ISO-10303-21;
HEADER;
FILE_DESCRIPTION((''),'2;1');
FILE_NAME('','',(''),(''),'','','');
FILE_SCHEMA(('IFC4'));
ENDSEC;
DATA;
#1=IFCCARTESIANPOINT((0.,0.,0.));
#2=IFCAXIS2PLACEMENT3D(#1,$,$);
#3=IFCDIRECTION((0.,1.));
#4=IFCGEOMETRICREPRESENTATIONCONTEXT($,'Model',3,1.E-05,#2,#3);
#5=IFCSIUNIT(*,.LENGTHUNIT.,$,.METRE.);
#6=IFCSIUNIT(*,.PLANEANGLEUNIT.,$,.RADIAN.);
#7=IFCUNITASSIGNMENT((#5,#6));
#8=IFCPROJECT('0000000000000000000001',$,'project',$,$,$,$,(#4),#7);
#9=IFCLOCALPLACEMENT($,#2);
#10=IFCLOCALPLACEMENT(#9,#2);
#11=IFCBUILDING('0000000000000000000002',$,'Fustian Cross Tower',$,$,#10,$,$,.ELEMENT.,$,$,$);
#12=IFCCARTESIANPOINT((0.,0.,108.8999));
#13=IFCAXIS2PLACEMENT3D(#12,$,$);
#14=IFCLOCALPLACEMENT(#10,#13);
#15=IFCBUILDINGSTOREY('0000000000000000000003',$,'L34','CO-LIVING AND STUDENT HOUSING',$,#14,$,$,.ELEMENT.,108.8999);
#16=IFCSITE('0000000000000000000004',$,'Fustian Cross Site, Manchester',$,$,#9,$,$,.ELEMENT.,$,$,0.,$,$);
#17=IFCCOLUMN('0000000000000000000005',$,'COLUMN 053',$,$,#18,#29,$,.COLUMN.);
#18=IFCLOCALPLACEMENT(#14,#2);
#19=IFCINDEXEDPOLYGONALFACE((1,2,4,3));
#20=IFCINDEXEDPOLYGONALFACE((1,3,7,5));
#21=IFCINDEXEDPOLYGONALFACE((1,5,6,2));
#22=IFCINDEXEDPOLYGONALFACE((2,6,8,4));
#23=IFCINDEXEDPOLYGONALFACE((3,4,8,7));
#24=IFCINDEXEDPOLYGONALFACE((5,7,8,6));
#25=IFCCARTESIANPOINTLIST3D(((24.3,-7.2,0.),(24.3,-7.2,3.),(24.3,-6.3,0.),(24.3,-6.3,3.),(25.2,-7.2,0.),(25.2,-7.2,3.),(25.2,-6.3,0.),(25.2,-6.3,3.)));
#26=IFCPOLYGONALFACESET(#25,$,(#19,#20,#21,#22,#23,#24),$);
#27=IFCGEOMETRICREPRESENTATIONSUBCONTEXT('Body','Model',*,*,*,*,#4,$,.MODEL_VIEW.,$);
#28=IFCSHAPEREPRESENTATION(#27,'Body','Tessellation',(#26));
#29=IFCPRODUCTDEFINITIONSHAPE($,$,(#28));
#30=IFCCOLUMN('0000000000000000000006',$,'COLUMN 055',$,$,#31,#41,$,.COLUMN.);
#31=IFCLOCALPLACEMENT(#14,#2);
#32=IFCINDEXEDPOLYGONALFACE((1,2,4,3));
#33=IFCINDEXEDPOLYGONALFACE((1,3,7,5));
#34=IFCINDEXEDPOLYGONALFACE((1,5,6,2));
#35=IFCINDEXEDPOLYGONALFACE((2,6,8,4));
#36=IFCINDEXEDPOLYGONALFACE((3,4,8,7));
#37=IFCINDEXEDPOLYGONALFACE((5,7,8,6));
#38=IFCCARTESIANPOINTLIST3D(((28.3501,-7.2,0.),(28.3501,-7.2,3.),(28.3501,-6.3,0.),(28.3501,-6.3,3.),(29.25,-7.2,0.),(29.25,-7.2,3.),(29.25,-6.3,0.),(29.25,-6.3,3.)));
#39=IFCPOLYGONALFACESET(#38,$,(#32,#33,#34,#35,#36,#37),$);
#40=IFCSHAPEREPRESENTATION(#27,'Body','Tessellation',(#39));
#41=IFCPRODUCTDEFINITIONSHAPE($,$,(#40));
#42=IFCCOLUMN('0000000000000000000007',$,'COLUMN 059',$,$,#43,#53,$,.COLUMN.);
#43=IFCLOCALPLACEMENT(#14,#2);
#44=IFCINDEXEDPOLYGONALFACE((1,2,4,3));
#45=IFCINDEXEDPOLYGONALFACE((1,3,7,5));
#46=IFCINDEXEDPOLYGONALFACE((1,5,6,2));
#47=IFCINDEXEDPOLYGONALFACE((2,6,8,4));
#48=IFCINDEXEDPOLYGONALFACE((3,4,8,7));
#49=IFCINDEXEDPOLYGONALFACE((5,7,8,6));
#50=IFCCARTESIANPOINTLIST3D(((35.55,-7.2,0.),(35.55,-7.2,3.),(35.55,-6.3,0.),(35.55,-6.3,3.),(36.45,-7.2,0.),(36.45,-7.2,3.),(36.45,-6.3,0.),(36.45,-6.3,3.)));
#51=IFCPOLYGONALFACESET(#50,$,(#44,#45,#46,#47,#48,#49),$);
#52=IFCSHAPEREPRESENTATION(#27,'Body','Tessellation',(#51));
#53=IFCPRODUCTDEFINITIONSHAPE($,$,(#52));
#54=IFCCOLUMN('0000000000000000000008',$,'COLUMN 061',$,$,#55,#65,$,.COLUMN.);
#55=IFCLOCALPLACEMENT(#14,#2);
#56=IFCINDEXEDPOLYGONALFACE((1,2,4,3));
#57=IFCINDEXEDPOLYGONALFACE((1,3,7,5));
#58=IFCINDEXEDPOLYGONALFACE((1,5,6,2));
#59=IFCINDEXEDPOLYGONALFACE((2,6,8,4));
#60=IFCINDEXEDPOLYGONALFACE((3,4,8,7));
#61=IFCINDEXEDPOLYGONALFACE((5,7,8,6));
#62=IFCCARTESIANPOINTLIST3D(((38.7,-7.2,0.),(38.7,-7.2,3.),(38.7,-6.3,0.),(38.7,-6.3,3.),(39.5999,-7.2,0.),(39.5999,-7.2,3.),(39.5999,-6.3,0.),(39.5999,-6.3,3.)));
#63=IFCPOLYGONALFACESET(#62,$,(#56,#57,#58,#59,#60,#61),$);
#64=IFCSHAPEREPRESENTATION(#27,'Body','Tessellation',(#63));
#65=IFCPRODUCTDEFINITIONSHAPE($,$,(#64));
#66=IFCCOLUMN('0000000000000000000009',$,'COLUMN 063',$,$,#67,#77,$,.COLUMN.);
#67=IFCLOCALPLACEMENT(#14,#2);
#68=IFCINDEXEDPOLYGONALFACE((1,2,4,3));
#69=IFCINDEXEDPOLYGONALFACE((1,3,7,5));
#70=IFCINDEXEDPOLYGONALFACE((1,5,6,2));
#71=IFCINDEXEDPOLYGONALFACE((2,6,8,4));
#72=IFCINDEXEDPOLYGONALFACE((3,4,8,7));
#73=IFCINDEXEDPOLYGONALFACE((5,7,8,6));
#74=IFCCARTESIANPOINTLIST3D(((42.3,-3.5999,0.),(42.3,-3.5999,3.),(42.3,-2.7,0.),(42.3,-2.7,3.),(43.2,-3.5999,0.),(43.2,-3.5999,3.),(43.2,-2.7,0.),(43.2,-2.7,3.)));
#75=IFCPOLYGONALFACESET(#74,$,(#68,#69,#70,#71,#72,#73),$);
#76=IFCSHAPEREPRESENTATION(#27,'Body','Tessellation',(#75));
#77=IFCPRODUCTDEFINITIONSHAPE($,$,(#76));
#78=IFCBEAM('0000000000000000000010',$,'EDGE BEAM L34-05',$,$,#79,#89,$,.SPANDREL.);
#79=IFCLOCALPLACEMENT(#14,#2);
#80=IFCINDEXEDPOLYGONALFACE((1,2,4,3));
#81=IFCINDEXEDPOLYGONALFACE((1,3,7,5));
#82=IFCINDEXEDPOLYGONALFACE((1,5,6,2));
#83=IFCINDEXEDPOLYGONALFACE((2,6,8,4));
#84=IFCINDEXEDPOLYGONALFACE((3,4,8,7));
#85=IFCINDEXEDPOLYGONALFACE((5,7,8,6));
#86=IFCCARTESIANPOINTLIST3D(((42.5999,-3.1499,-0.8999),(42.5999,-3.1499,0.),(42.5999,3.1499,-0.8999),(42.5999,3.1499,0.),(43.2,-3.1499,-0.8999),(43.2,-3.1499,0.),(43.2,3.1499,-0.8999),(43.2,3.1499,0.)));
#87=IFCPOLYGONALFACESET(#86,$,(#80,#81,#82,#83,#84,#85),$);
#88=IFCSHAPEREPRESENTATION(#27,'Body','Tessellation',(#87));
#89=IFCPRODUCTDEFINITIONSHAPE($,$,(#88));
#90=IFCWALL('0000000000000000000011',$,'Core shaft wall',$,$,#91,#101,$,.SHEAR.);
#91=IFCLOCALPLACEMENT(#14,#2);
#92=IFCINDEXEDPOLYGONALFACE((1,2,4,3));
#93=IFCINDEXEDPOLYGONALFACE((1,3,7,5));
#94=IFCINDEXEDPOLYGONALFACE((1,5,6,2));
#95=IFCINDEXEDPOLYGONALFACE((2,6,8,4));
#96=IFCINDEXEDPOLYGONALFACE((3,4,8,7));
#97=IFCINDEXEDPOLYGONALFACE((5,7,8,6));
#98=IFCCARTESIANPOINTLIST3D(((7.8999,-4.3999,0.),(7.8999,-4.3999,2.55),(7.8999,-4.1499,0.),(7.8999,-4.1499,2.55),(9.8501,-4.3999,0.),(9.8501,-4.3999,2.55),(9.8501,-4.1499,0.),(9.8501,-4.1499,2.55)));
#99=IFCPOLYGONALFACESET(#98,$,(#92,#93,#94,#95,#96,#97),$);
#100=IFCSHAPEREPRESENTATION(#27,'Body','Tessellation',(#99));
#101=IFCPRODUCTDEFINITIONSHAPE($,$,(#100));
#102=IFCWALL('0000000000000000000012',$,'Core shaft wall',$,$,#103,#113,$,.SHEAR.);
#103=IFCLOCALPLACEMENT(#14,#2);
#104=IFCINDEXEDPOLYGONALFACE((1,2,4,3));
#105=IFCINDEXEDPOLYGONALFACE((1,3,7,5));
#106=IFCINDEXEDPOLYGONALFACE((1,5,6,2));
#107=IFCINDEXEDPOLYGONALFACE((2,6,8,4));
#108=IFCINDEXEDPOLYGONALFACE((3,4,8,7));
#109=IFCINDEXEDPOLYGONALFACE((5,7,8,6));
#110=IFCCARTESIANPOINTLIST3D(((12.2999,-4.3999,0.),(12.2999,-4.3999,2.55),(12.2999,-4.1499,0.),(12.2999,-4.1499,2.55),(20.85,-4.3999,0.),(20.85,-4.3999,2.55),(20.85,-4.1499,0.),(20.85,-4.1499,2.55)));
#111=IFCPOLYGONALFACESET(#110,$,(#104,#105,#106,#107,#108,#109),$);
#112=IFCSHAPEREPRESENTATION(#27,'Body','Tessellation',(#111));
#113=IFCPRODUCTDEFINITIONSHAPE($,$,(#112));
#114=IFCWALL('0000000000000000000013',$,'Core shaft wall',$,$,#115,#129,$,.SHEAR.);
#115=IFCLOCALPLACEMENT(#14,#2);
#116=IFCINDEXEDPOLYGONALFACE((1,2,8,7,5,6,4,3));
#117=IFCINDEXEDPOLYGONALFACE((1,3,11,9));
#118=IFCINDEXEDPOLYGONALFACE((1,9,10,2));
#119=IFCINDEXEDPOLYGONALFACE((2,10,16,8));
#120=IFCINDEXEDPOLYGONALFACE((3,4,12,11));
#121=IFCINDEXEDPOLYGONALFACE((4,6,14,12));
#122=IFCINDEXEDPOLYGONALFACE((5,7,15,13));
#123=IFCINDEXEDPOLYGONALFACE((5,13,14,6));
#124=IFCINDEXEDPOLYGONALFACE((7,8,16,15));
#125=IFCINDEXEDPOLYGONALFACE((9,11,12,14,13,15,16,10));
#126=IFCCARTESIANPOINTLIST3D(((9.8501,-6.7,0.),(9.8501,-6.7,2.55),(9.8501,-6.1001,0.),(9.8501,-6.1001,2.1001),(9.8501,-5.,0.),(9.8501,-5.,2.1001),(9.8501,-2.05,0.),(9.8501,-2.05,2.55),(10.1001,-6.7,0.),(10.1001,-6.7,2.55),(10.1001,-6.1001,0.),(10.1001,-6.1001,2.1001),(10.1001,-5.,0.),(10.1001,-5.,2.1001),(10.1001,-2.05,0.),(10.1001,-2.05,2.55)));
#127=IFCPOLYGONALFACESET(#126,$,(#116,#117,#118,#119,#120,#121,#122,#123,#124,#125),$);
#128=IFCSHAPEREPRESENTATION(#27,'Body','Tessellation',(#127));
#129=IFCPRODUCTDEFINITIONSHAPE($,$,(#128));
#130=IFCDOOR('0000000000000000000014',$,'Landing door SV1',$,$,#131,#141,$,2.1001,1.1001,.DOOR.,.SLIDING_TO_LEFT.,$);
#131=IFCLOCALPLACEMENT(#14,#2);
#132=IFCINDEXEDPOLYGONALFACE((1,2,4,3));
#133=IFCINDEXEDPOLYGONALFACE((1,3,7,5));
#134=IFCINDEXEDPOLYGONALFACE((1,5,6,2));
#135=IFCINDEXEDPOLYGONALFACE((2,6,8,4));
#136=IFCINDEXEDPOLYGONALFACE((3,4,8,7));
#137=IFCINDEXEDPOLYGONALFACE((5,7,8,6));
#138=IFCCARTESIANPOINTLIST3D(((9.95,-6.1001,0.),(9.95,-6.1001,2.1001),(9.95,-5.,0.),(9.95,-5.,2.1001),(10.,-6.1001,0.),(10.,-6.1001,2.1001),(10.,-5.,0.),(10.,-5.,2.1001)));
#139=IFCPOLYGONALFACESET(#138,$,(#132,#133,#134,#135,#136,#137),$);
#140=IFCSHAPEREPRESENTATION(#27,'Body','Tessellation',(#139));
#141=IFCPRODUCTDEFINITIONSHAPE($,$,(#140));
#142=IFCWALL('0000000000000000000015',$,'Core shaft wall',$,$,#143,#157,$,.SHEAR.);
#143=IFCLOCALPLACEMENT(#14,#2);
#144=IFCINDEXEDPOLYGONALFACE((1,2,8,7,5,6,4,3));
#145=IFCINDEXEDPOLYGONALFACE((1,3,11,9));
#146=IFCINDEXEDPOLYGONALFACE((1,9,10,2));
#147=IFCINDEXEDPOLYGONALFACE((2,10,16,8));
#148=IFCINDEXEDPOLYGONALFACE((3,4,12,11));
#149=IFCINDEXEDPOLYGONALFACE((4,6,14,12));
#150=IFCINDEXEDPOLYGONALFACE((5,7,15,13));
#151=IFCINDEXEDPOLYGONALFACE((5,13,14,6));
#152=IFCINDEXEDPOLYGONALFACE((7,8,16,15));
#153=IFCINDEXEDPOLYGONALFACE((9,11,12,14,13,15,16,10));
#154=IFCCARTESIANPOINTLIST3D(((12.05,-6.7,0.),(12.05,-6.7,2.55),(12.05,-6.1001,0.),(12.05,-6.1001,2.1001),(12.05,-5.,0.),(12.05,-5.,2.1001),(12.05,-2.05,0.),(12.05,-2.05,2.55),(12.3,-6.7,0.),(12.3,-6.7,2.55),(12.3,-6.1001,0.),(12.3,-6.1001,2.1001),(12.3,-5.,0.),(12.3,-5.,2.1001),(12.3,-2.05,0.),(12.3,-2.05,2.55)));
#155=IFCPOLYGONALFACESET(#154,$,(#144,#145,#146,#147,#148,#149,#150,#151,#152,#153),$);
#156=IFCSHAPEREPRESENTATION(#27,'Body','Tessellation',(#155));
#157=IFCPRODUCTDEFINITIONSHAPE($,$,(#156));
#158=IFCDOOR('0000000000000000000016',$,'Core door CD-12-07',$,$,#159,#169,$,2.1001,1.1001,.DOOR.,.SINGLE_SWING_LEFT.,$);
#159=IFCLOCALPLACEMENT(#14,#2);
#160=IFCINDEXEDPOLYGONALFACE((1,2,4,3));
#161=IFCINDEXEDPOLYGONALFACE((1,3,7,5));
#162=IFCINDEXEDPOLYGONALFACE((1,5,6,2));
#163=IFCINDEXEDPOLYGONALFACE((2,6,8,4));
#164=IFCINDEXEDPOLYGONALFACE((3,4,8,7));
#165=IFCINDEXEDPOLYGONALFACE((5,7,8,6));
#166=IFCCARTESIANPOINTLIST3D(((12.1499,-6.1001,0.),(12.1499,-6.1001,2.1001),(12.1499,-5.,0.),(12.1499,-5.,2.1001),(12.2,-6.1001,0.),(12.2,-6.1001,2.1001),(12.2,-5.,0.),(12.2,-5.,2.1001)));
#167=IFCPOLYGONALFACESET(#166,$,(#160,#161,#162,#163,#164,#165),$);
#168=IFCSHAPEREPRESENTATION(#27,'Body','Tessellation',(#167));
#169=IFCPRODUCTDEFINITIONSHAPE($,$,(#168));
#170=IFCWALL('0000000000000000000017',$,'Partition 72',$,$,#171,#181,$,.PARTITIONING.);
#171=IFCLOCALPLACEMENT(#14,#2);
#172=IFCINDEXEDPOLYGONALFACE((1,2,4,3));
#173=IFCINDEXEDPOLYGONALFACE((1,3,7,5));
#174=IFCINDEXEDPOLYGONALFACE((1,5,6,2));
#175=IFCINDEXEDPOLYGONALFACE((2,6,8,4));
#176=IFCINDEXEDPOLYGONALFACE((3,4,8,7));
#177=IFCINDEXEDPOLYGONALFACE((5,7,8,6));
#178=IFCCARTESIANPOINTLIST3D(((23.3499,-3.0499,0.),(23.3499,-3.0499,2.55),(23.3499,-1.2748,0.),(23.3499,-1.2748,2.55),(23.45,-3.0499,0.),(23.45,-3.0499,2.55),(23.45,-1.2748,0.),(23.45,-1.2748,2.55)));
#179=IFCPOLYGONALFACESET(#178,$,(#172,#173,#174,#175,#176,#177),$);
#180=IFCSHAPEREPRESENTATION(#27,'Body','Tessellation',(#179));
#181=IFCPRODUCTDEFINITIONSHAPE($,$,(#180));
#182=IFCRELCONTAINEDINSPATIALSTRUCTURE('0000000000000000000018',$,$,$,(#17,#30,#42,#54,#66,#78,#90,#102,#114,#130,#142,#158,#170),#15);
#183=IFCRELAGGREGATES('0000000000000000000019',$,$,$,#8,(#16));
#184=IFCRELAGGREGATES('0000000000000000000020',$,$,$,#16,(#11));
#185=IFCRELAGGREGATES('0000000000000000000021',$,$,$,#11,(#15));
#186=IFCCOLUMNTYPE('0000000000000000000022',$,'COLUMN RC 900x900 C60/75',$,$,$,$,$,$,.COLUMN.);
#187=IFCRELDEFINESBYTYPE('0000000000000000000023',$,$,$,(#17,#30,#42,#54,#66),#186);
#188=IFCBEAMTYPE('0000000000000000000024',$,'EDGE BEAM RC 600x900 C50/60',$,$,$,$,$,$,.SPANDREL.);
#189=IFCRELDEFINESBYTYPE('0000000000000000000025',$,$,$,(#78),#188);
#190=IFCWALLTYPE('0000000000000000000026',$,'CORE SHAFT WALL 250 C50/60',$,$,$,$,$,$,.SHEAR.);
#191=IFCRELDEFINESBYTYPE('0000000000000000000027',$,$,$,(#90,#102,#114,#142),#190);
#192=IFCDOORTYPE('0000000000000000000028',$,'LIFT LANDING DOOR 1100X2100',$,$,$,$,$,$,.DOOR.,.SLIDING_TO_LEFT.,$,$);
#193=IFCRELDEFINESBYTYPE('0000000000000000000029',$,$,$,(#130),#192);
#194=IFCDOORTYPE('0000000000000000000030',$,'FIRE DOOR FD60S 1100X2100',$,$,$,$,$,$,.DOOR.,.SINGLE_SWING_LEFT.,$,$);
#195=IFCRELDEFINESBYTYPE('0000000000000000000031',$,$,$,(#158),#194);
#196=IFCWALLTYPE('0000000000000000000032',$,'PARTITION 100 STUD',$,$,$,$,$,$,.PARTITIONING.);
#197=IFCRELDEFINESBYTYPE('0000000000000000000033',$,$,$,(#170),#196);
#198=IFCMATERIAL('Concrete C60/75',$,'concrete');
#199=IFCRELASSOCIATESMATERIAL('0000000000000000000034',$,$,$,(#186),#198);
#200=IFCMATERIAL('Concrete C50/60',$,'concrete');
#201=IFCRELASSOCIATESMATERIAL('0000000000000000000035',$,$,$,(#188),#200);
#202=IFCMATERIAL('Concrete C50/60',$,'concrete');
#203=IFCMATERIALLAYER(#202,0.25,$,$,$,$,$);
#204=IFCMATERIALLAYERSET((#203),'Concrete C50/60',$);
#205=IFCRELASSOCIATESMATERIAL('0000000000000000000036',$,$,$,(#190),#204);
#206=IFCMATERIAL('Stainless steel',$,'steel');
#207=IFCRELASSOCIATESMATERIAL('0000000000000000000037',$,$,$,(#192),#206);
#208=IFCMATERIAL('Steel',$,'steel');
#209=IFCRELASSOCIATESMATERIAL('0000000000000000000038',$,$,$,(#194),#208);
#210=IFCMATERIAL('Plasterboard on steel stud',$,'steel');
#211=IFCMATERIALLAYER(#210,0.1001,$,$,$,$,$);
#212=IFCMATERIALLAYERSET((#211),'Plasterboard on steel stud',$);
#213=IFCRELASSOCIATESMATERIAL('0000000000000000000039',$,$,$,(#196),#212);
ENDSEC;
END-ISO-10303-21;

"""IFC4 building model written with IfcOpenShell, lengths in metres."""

from ifc_helpers import new_model, si_unit, direction, frame, frame_2d, origin, origin_2d, place, context, subcontext, project, spatial, rectangle, extrude, material, layer, layer_set, material_profile, profile_set, type_object, element, fill, save


model = new_model("IFC4")

# Units and contexts
model_context = context("Model", 3, precision=1e-05, world=origin(), true_north=direction((0.0, 1.0)))
body_context = subcontext(model_context, "Body", "Model", "MODEL_VIEW")
ifc_project = project(units=[si_unit("LENGTHUNIT", "METRE"), si_unit("PLANEANGLEUNIT", "RADIAN")], contexts=[model_context])

# Site, building, storey
site_placement = place(None, origin())
site = spatial("IfcSite", under=ifc_project, at=site_placement, Name="Fustian Cross Site, Manchester", CompositionType="ELEMENT", RefElevation=0.0)
building_placement = place(site_placement, origin())
building = spatial("IfcBuilding", under=site, at=building_placement, Name="Fustian Cross Tower", CompositionType="ELEMENT")
storey_placement = place(building_placement, frame((0.0, 0.0, 108.8999)))
storey = spatial("IfcBuildingStorey", under=building, at=storey_placement, Name="L34", Description="CO-LIVING AND STUDENT HOUSING", CompositionType="ELEMENT", Elevation=108.8999)

# Columns
ifc_material_1 = material(Name="Concrete C60/75", Category="concrete")
ifc_material_profile_1 = material_profile(ifc_material_1, rectangle(XDim=0.8999, YDim=0.8999, at=origin_2d()), Name="RC 900x900")
ifc_profile_set_1 = profile_set([ifc_material_profile_1], Name="Concrete C60/75")
column_type = type_object("IfcColumnType", Name="COLUMN RC 900x900 C60/75", PredefinedType="COLUMN", material=ifc_profile_set_1)
for number, where, z_axis, x_axis, name in (
    (1, (24.75, -6.75, 0.0), (0.0, 0.0, 1.0), (1.0, 0.0, 0.0), "COLUMN 053"),
    (2, (28.8, -6.75, 0.0), (0.0, 0.0, 1.0), (1.0, 0.0, 0.0), "COLUMN 055"),
    (3, (36.0, -6.75, 0.0), (0.0, 0.0, 1.0), (1.0, 0.0, 0.0), "COLUMN 059"),
    (4, (39.1499, -6.75, 0.0), (0.0, 0.0, 1.0), (1.0, 0.0, 0.0), "COLUMN 061"),
    (5, (42.75, -3.1499, 0.0), (0.0, 0.0, 1.0), (1.0, 0.0, 0.0), "COLUMN 063"),
):
    element("IfcColumn", number, at=place(storey_placement, frame(where, z_axis=z_axis, x_axis=x_axis)), inside=storey, type_object=column_type, Name=name, PredefinedType="COLUMN", context=body_context, shape_type="SweptSolid", body=[
        extrude(rectangle(XDim=0.8999, YDim=0.8999, at=origin_2d()), origin(), (0.0, 0.0, 1.0), 3.0),
    ])

# Beam
ifc_material_2 = material(Name="Concrete C50/60", Category="concrete")
ifc_material_profile_2 = material_profile(ifc_material_2, rectangle(XDim=0.6001, YDim=0.8999, at=origin_2d()), Name="RC 600x900")
ifc_profile_set_2 = profile_set([ifc_material_profile_2], Name="Concrete C50/60")
beam_type = type_object("IfcBeamType", Name="EDGE BEAM RC 600x900 C50/60", PredefinedType="SPANDREL", material=ifc_profile_set_2)
beam_placement = place(storey_placement, frame((42.8999, -3.1499, -0.45), z_axis=(0.0, 1.0, 0.0), x_axis=(-1.0, 0.0, 0.0)))
element("IfcBeam", 6, at=beam_placement, inside=storey, type_object=beam_type, Name="EDGE BEAM L34-05", PredefinedType="SPANDREL", context=body_context, shape_type="SweptSolid", body=[
    extrude(rectangle(XDim=0.6001, YDim=0.8999, at=origin_2d()), origin(), (0.0, 0.0, 1.0), 6.2998),
])

# Walls
ifc_material_3 = material(Name="Concrete C50/60", Category="concrete")
ifc_layer_1 = layer(ifc_material_3, 0.25)
ifc_layer_set_1 = layer_set([ifc_layer_1], Name="Concrete C50/60")
wall_type_1 = type_object("IfcWallType", Name="CORE SHAFT WALL 250 C50/60", PredefinedType="SHEAR", material=ifc_layer_set_1)
wall_1_placement = place(storey_placement, frame((7.8999, -4.2749, 0.0), z_axis=(0.0, 0.0, 1.0), x_axis=(1.0, 0.0, 0.0)))
element("IfcWall", 7, at=wall_1_placement, inside=storey, type_object=wall_type_1, Name="Core shaft wall", PredefinedType="SHEAR", context=body_context, shape_type="SweptSolid", body=[
    extrude(rectangle(XDim=1.9502, YDim=0.25, at=frame_2d((0.9751, 0.0))), origin(), (0.0, 0.0, 1.0), 2.55),
])
wall_2_placement = place(storey_placement, frame((12.3, -4.2749, 0.0), z_axis=(0.0, 0.0, 1.0), x_axis=(1.0, 0.0, 0.0)))
element("IfcWall", 8, at=wall_2_placement, inside=storey, type_object=wall_type_1, Name="Core shaft wall", PredefinedType="SHEAR", context=body_context, shape_type="SweptSolid", body=[
    extrude(rectangle(XDim=8.55, YDim=0.25, at=frame_2d((4.2749, 0.0))), origin(), (0.0, 0.0, 1.0), 2.55),
])

# Walls, openings, doors
wall_3_placement = place(storey_placement, frame((9.9751, -2.05, 0.0), z_axis=(0.0, 0.0, 1.0), x_axis=(0.0, -1.0, 0.0)))
wall_3 = element("IfcWall", 9, at=wall_3_placement, inside=storey, type_object=wall_type_1, Name="Core shaft wall", PredefinedType="SHEAR", context=body_context, shape_type="SweptSolid", body=[
    extrude(rectangle(XDim=4.6499, YDim=0.25, at=frame_2d((2.325, 0.0))), origin(), (0.0, 0.0, 1.0), 2.55),
])
opening_1_placement = place(wall_3_placement, frame((2.95, 0.0, 0.0)))
opening_1 = element("IfcOpeningElement", 10, at=opening_1_placement, cuts=wall_3, PredefinedType="OPENING", context=body_context, shape_type="SweptSolid", body=[
    extrude(rectangle(XDim=1.1001, YDim=2.1001, at=frame_2d((0.55, 1.05))), frame((0.0, 0.135, 0.0), z_axis=(0.0, -1.0, 0.0), x_axis=(1.0, 0.0, 0.0)), (0.0, 0.0, 1.0), 0.27),
])
ifc_material_4 = material(Name="Stainless steel", Category="steel")
door_type_1 = type_object("IfcDoorType", Name="LIFT LANDING DOOR 1100X2100", OperationType="SLIDING_TO_LEFT", PredefinedType="DOOR", material=ifc_material_4)
door_1_placement = place(opening_1_placement, origin())
door_1 = element("IfcDoor", 11, at=door_1_placement, inside=storey, type_object=door_type_1, Name="Landing door SV1", OperationType="SLIDING_TO_LEFT", OverallHeight=2.1001, OverallWidth=1.1001, PredefinedType="DOOR", context=body_context, shape_type="SweptSolid", body=[
    extrude(rectangle(XDim=1.1001, YDim=2.1001, at=frame_2d((0.55, 1.05))), frame((0.0, 0.0249, 0.0), z_axis=(0.0, -1.0, 0.0), x_axis=(1.0, 0.0, 0.0)), (0.0, 0.0, 1.0), 0.05),
])
fill(opening_1, door_1)
wall_4_placement = place(storey_placement, frame((12.175, -2.05, 0.0), z_axis=(0.0, 0.0, 1.0), x_axis=(0.0, -1.0, 0.0)))
wall_4 = element("IfcWall", 12, at=wall_4_placement, inside=storey, type_object=wall_type_1, Name="Core shaft wall", PredefinedType="SHEAR", context=body_context, shape_type="SweptSolid", body=[
    extrude(rectangle(XDim=4.6499, YDim=0.25, at=frame_2d((2.325, 0.0))), origin(), (0.0, 0.0, 1.0), 2.55),
])
opening_2_placement = place(wall_4_placement, frame((2.95, 0.0, 0.0)))
opening_2 = element("IfcOpeningElement", 13, at=opening_2_placement, cuts=wall_4, PredefinedType="OPENING", context=body_context, shape_type="SweptSolid", body=[
    extrude(rectangle(XDim=1.1001, YDim=2.1001, at=frame_2d((0.55, 1.05))), frame((0.0, 0.135, 0.0), z_axis=(0.0, -1.0, 0.0), x_axis=(1.0, 0.0, 0.0)), (0.0, 0.0, 1.0), 0.27),
])
ifc_material_5 = material(Name="Steel", Category="steel")
door_type_2 = type_object("IfcDoorType", Name="FIRE DOOR FD60S 1100X2100", OperationType="SINGLE_SWING_LEFT", PredefinedType="DOOR", material=ifc_material_5)
door_2_placement = place(opening_2_placement, origin())
door_2 = element("IfcDoor", 14, at=door_2_placement, inside=storey, type_object=door_type_2, Name="Core door CD-12-07", OperationType="SINGLE_SWING_LEFT", OverallHeight=2.1001, OverallWidth=1.1001, PredefinedType="DOOR", context=body_context, shape_type="SweptSolid", body=[
    extrude(rectangle(XDim=1.1001, YDim=2.1001, at=frame_2d((0.55, 1.05))), frame((0.0, 0.0249, 0.0), z_axis=(0.0, -1.0, 0.0), x_axis=(1.0, 0.0, 0.0)), (0.0, 0.0, 1.0), 0.05),
])
fill(opening_2, door_2)

# Wall
ifc_material_6 = material(Name="Plasterboard on steel stud", Category="steel")
ifc_layer_2 = layer(ifc_material_6, 0.1001)
ifc_layer_set_2 = layer_set([ifc_layer_2], Name="Plasterboard on steel stud")
wall_type_2 = type_object("IfcWallType", Name="PARTITION 100 STUD", PredefinedType="PARTITIONING", material=ifc_layer_set_2)
wall_5_placement = place(storey_placement, frame((23.3999, -3.05, 0.0), z_axis=(0.0, 0.0, 1.0), x_axis=(0.0, 1.0, 0.0)))
element("IfcWall", 15, at=wall_5_placement, inside=storey, type_object=wall_type_2, Name="Partition 72", PredefinedType="PARTITIONING", context=body_context, shape_type="SweptSolid", body=[
    extrude(rectangle(XDim=1.7751, YDim=0.1001, at=frame_2d((0.8877, 0.0))), origin(), (0.0, 0.0, 1.0), 2.55),
])

save(model, "model.ifc")
